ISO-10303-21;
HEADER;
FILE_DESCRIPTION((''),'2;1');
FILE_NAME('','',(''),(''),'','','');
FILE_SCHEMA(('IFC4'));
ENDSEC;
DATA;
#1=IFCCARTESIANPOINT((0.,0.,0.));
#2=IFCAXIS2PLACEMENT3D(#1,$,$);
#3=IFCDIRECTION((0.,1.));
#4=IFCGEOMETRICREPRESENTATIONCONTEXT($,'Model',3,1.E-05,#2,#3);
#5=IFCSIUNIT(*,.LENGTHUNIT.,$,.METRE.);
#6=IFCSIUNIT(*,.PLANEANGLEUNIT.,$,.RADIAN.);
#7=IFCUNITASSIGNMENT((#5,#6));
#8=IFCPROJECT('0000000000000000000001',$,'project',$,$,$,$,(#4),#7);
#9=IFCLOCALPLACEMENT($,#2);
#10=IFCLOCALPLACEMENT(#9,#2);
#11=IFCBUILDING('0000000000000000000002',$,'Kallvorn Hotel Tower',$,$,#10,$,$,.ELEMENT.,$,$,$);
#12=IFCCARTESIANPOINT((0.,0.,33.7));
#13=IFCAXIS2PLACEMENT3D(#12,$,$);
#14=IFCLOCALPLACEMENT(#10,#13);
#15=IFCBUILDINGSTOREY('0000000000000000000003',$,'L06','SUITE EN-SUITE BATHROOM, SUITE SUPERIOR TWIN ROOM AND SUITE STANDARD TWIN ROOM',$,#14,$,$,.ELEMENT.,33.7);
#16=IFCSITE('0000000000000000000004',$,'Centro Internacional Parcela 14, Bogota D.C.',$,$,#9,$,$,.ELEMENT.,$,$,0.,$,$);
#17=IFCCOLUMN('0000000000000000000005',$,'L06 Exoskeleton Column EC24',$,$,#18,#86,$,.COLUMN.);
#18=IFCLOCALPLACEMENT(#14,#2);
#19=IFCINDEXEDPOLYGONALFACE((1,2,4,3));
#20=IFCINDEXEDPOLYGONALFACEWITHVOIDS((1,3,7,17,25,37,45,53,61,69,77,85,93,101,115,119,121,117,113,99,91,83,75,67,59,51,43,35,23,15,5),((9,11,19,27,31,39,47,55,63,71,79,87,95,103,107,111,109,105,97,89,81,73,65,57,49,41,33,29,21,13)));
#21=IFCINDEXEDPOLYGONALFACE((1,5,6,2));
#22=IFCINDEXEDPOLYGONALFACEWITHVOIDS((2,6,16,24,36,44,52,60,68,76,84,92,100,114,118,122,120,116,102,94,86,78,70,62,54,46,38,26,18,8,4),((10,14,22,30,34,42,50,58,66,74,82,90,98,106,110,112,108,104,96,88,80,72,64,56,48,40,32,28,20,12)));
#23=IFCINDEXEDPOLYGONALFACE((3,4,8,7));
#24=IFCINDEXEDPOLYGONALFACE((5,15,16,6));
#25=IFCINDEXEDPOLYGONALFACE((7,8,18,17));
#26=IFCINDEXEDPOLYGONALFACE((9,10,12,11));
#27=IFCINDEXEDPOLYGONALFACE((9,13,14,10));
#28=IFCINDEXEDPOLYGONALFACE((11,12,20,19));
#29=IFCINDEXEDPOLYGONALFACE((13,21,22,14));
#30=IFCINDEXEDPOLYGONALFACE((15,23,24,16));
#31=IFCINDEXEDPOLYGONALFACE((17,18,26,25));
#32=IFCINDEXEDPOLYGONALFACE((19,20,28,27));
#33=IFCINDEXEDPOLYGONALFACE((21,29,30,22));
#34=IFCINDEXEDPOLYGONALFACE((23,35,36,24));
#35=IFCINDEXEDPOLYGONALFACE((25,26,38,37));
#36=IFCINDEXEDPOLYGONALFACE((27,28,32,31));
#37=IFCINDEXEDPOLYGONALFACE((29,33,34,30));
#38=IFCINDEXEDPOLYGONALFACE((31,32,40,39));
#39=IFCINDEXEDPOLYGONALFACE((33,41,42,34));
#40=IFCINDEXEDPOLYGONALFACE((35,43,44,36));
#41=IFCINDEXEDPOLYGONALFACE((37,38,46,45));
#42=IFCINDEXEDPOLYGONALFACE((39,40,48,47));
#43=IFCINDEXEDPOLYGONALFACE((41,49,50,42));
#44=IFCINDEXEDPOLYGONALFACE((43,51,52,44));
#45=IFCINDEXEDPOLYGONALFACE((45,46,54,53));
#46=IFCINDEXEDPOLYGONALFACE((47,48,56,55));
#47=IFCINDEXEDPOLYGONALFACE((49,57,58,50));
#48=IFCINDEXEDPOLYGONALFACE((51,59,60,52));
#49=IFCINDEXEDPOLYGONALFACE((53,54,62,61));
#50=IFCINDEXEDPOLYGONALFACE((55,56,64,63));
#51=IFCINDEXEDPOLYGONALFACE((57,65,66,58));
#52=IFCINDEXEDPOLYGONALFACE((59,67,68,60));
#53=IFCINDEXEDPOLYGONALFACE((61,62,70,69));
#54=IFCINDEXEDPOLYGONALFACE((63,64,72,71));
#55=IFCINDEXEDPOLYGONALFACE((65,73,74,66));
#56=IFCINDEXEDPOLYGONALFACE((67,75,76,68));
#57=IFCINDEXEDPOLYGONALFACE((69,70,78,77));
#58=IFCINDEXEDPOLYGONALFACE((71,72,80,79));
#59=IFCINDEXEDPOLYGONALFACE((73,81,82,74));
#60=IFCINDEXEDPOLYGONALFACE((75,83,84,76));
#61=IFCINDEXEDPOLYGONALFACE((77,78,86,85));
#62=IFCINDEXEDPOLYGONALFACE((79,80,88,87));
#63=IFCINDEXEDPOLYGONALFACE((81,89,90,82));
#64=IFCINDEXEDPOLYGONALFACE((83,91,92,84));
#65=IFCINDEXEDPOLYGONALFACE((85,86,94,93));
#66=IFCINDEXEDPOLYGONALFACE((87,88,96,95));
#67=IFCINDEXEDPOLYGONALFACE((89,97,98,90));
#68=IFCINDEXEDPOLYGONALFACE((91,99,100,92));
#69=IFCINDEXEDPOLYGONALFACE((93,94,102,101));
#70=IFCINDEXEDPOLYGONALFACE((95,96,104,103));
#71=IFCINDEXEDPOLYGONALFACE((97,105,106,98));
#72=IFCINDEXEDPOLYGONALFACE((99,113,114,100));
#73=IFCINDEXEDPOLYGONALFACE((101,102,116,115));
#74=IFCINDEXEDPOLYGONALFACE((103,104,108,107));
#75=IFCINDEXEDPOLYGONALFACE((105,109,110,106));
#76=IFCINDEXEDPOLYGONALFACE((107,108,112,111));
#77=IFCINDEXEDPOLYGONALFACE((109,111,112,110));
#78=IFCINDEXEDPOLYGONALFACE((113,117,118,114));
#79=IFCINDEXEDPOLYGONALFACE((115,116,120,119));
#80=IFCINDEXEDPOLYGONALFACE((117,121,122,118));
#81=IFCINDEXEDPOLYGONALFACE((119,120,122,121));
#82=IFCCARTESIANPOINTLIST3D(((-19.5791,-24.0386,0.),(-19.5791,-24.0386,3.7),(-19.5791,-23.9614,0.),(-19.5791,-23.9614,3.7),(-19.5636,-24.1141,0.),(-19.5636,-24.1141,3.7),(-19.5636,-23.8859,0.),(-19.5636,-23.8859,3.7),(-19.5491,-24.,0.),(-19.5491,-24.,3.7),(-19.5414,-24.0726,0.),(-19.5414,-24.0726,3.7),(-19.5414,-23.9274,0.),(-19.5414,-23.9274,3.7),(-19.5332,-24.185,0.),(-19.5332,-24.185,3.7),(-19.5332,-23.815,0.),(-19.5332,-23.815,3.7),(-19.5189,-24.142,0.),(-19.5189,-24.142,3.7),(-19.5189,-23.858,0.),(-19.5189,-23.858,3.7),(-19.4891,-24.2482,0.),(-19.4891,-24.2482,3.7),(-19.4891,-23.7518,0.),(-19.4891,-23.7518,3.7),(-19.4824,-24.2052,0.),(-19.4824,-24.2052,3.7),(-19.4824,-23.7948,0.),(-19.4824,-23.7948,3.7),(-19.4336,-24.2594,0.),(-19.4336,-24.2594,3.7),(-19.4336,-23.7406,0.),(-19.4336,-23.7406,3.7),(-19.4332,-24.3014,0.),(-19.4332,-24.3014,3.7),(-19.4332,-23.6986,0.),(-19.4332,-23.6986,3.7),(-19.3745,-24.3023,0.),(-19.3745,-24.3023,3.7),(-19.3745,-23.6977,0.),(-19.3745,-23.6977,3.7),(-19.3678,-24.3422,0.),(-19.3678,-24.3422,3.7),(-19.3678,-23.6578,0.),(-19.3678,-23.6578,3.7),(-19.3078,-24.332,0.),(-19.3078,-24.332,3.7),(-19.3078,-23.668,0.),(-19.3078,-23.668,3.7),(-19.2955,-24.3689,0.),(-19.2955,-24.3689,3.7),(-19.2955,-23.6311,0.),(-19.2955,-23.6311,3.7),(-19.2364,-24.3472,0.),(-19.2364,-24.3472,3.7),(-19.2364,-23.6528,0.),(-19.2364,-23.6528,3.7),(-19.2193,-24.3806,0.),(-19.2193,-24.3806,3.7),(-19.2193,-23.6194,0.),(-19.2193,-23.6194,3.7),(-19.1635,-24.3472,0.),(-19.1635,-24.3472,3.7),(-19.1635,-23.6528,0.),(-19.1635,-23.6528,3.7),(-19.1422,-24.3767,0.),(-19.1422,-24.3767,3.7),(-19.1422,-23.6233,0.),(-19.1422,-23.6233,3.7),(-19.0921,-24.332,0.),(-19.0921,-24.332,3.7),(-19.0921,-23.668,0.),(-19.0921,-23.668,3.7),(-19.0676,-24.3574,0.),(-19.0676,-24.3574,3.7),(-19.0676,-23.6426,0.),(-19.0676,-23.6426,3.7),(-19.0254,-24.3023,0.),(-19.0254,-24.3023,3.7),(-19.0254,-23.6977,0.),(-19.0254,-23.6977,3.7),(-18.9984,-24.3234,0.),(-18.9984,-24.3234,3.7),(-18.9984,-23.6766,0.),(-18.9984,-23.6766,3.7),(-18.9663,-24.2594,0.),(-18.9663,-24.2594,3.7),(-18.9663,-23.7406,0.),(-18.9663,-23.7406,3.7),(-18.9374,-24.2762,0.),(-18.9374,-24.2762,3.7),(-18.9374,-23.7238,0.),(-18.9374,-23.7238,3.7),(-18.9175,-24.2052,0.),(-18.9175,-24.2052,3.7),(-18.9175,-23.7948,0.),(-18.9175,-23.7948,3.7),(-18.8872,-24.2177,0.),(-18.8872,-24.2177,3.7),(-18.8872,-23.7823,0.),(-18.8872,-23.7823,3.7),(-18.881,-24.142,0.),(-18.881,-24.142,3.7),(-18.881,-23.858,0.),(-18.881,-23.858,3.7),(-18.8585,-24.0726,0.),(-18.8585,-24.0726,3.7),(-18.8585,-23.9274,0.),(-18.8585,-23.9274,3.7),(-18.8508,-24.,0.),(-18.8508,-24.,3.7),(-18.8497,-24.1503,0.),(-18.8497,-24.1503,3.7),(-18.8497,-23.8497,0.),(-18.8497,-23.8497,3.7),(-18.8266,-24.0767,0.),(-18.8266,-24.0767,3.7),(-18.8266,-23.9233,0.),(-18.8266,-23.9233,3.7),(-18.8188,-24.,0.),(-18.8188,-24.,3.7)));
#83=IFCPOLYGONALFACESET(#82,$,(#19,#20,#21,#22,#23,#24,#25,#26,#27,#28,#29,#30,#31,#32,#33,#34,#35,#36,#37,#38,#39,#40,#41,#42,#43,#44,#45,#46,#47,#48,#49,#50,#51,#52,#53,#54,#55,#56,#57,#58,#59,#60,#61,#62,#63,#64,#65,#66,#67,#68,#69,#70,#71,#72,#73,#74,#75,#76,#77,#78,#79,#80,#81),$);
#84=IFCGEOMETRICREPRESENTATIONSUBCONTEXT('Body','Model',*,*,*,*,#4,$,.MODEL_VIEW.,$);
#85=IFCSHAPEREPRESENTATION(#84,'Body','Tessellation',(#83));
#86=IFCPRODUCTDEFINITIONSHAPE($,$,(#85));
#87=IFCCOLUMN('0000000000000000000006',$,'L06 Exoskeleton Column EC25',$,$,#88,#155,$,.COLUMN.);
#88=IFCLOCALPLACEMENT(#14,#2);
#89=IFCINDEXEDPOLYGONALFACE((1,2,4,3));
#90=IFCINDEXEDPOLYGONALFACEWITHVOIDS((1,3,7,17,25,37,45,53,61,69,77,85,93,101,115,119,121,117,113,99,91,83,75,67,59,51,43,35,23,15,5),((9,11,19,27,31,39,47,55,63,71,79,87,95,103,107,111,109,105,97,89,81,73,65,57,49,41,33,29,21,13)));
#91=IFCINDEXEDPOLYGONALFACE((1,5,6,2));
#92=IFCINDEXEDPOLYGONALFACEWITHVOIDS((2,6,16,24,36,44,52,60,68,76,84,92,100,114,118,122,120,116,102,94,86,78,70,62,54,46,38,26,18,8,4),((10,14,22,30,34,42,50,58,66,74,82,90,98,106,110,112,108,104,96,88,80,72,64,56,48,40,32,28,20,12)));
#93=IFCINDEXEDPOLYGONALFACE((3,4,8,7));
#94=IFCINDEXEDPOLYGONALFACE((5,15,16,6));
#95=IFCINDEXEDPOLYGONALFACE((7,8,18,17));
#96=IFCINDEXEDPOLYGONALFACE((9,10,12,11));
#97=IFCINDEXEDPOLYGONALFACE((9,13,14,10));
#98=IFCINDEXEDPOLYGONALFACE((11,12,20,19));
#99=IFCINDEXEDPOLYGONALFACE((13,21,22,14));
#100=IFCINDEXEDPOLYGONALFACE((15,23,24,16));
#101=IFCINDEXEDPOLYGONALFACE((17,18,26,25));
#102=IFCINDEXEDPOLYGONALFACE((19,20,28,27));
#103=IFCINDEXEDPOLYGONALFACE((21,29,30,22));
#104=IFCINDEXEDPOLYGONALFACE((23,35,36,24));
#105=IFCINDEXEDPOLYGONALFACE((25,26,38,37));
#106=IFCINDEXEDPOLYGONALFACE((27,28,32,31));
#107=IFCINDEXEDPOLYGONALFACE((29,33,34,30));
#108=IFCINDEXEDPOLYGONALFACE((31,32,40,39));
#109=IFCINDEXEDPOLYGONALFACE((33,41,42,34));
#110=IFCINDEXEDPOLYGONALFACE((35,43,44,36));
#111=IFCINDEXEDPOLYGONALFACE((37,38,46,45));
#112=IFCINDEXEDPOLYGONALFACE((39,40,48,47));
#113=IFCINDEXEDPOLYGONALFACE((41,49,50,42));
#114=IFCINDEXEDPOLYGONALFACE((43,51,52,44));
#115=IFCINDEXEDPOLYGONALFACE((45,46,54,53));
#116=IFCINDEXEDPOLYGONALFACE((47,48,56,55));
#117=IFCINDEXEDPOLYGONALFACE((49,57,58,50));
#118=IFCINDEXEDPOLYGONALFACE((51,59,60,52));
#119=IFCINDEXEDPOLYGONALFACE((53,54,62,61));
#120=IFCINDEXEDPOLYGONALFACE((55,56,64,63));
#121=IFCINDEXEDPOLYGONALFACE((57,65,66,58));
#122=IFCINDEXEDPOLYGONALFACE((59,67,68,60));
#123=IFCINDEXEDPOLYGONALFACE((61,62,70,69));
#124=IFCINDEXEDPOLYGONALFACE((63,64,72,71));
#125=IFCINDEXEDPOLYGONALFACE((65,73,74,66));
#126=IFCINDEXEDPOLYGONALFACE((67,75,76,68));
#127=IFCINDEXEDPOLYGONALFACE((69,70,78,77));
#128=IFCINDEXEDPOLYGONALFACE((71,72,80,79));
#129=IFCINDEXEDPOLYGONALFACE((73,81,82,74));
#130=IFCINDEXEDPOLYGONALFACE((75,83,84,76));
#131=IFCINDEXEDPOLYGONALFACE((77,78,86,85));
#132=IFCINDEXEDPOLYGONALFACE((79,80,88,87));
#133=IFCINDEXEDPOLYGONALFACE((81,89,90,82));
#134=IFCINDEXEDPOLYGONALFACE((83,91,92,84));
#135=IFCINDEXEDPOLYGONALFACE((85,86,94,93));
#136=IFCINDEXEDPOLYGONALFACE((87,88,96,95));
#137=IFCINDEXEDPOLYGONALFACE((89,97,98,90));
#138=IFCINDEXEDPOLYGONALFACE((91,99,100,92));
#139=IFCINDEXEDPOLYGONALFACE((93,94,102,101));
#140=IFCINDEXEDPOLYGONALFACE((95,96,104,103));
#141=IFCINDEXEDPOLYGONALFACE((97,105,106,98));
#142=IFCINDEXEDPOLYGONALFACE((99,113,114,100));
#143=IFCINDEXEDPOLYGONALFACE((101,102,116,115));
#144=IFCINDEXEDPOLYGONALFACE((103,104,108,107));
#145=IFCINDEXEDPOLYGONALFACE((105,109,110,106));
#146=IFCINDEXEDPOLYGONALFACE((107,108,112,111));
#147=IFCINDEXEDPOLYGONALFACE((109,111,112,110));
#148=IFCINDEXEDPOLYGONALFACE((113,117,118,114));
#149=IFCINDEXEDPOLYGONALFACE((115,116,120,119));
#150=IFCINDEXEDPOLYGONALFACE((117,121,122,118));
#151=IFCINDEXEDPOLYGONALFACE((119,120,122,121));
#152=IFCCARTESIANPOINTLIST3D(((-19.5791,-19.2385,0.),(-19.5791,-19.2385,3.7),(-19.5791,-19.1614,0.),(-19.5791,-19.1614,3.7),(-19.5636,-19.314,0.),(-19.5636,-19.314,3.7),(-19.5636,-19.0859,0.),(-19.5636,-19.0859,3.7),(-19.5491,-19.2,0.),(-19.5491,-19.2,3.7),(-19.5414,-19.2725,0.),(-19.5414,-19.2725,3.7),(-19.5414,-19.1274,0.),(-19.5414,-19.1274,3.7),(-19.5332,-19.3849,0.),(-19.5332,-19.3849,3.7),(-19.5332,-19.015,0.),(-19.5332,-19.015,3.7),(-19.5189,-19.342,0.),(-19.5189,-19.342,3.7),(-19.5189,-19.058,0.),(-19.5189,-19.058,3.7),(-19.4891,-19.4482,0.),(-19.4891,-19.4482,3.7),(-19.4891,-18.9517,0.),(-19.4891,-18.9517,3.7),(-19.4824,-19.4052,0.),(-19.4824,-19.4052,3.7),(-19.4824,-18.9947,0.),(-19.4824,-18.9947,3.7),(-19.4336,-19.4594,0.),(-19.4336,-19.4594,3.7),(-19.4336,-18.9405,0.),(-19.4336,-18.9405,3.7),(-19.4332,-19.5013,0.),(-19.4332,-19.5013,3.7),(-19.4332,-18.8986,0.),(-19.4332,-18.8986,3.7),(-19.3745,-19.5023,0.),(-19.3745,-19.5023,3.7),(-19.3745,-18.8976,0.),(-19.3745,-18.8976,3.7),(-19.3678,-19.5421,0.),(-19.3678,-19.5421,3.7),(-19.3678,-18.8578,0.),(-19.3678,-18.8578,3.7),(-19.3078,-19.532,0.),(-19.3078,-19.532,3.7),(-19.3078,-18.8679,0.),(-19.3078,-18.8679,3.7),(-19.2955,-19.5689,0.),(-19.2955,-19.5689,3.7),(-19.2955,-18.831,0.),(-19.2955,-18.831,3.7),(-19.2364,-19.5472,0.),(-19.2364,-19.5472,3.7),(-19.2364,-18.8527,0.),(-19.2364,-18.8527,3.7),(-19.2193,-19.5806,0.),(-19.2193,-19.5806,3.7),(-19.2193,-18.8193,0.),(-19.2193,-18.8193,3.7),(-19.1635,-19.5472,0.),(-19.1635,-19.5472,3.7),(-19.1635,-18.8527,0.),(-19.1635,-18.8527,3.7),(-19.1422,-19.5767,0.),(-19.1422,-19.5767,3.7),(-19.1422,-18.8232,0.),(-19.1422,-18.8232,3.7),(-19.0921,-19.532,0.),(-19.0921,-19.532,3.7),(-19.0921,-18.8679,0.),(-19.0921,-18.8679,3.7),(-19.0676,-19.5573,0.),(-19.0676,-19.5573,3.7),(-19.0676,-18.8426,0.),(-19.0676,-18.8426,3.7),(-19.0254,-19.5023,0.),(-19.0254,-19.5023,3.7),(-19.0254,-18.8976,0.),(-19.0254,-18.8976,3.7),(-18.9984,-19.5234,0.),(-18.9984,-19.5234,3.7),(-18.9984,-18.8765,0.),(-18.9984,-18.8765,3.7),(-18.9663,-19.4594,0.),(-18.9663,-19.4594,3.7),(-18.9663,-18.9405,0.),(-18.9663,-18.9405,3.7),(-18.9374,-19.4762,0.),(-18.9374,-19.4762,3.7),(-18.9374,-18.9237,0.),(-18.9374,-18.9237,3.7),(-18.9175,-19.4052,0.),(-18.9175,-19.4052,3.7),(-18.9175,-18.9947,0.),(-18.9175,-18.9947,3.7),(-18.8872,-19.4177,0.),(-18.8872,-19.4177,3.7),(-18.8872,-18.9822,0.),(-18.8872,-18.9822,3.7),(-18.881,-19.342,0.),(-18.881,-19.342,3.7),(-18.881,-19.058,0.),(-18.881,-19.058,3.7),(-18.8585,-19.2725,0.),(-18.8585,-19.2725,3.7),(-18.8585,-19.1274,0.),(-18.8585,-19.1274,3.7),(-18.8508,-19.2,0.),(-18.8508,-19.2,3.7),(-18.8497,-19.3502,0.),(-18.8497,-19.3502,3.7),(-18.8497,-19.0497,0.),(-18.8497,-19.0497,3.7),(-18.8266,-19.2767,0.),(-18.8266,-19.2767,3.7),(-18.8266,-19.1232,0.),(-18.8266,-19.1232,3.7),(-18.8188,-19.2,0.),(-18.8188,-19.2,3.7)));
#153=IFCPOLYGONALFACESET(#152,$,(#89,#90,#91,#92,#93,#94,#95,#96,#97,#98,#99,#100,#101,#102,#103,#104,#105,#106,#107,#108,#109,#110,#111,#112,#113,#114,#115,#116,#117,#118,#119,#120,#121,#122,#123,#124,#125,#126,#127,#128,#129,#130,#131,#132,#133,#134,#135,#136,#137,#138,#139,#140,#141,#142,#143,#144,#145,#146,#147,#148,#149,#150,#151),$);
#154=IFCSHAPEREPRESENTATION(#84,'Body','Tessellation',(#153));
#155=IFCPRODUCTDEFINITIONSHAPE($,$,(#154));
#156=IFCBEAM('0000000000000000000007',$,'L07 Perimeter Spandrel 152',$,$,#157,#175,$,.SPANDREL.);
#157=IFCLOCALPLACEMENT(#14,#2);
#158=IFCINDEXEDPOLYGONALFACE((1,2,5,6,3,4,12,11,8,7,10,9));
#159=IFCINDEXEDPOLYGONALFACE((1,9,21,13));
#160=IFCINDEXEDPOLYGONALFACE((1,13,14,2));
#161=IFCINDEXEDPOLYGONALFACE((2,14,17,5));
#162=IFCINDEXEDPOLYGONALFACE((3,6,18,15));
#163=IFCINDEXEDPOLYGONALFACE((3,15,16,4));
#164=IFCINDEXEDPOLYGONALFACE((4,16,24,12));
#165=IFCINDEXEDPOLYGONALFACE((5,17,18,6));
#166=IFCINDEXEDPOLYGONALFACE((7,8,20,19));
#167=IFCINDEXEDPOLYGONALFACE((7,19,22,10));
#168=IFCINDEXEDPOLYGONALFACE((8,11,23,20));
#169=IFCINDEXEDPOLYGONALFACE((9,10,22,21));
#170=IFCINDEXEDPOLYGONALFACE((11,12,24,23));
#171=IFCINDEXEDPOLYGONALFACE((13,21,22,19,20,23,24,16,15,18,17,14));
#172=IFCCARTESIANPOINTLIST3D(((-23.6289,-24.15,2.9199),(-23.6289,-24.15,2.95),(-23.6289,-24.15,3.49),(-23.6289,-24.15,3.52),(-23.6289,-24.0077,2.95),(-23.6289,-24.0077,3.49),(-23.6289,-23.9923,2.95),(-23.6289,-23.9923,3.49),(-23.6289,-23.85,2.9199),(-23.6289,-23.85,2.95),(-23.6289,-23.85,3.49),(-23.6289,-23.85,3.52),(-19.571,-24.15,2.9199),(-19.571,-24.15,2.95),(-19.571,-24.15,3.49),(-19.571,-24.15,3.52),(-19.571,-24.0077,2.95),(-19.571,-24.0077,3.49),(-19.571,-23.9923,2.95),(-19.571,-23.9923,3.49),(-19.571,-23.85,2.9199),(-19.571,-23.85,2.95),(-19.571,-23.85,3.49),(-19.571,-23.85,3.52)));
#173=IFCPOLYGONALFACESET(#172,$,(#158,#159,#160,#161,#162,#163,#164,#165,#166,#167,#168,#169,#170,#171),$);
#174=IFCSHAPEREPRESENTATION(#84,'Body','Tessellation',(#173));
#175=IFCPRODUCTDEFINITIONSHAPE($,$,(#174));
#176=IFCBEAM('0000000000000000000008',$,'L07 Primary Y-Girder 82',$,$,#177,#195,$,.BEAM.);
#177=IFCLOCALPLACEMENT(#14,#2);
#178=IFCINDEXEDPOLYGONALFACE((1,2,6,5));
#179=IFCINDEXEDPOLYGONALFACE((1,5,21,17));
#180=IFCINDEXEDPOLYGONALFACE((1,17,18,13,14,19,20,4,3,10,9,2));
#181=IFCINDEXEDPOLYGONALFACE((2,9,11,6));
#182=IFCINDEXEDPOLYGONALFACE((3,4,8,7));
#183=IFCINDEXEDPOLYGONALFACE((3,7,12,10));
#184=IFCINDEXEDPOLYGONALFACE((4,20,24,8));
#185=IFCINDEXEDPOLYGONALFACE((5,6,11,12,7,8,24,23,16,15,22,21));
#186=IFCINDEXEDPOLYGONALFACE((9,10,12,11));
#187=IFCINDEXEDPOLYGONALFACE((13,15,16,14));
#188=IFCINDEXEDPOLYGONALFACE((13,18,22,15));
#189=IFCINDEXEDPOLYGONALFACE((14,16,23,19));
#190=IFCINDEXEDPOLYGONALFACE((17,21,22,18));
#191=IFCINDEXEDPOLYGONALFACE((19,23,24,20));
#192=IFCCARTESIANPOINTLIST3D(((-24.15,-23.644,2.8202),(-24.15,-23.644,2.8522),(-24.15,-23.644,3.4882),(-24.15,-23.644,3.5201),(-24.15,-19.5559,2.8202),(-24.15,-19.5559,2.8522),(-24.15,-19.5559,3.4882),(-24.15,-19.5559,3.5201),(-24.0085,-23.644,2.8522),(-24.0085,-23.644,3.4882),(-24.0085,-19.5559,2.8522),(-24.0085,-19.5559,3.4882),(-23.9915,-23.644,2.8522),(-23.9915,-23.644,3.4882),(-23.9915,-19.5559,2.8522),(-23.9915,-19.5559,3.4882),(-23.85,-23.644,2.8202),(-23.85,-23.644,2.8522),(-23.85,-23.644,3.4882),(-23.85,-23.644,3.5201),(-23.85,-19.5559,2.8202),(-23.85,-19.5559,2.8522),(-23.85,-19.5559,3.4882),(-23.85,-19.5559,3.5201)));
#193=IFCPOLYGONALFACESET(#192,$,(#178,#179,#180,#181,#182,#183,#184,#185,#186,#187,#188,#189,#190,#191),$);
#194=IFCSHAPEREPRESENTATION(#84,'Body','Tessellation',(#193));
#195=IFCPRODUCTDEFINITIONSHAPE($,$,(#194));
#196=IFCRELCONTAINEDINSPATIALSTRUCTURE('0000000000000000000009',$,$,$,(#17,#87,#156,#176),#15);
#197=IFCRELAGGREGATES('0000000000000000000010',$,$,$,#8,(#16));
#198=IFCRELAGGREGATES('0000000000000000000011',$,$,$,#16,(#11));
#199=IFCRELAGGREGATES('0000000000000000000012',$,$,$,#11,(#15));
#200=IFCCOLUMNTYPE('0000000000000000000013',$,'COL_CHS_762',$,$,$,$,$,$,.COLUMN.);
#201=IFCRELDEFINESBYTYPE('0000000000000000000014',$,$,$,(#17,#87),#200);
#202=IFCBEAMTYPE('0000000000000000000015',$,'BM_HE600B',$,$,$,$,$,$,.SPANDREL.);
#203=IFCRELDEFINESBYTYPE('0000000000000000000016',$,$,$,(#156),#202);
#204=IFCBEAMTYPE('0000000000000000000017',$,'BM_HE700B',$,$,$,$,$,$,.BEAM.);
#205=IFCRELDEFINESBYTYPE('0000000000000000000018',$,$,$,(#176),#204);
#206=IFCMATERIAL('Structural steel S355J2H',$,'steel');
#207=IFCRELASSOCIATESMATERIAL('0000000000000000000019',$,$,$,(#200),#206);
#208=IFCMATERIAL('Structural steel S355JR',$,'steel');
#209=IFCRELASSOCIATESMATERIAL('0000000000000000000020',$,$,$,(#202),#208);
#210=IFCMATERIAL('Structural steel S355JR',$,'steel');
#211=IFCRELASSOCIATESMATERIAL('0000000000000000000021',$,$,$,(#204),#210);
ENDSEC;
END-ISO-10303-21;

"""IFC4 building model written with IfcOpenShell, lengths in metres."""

from ifc_helpers import new_model, si_unit, direction, frame, origin, origin_2d, place, context, subcontext, project, spatial, hollow_circle, i_section, extrude, material, material_profile, profile_set, type_object, element, save


model = new_model("IFC4")

# Units and contexts
model_context = context("Model", 3, precision=1e-05, world=origin(), true_north=direction((0.0, 1.0)))
body_context = subcontext(model_context, "Body", "Model", "MODEL_VIEW")
ifc_project = project(units=[si_unit("LENGTHUNIT", "METRE"), si_unit("PLANEANGLEUNIT", "RADIAN")], contexts=[model_context])

# Site, building, storey
site_placement = place(None, origin())
site = spatial("IfcSite", under=ifc_project, at=site_placement, Name="Centro Internacional Parcela 14, Bogota D.C.", CompositionType="ELEMENT", RefElevation=0.0)
building_placement = place(site_placement, origin())
building = spatial("IfcBuilding", under=site, at=building_placement, Name="Kallvorn Hotel Tower", CompositionType="ELEMENT")
storey_placement = place(building_placement, frame((0.0, 0.0, 33.7)))
storey = spatial("IfcBuildingStorey", under=building, at=storey_placement, Name="L06", Description="SUITE EN-SUITE BATHROOM, SUITE SUPERIOR TWIN ROOM AND SUITE STANDARD TWIN ROOM", CompositionType="ELEMENT", Elevation=33.7)

# Columns
ifc_material_1 = material(Name="Structural steel S355J2H", Category="steel")
ifc_material_profile_1 = material_profile(ifc_material_1, hollow_circle(Radius=0.3811, WallThickness=0.032, at=origin_2d()), Name="CHS 762x32")
ifc_profile_set_1 = profile_set([ifc_material_profile_1], Name="Structural steel S355J2H")
column_type = type_object("IfcColumnType", Name="COL_CHS_762", PredefinedType="COLUMN", material=ifc_profile_set_1)
for number, where, z_axis, x_axis, name in (
    (1, (-19.2, -24.0, 0.0), (0.0, 0.0, 1.0), (1.0, 0.0, 0.0), "L06 Exoskeleton Column EC24"),
    (2, (-19.2, -19.2, 0.0), (0.0, 0.0, 1.0), (1.0, 0.0, 0.0), "L06 Exoskeleton Column EC25"),
):
    element("IfcColumn", number, at=place(storey_placement, frame(where, z_axis=z_axis, x_axis=x_axis)), inside=storey, type_object=column_type, Name=name, PredefinedType="COLUMN", context=body_context, shape_type="SweptSolid", body=[
        extrude(hollow_circle(Radius=0.3811, WallThickness=0.032, at=origin_2d()), origin(), (0.0, 0.0, 1.0), 3.7),
    ])

# Beams
ifc_material_2 = material(Name="Structural steel S355JR", Category="steel")
ifc_material_profile_2 = material_profile(ifc_material_2, i_section(OverallWidth=0.3, OverallDepth=0.6001, WebThickness=0.0154, FlangeThickness=0.03, at=origin_2d()), Name="HE 600 B")
ifc_profile_set_2 = profile_set([ifc_material_profile_2], Name="Structural steel S355JR")
beam_type_1 = type_object("IfcBeamType", Name="BM_HE600B", PredefinedType="SPANDREL", material=ifc_profile_set_2)
beam_1_placement = place(storey_placement, frame((-23.6289, -24.0, 3.22), z_axis=(1.0, 0.0, 0.0), x_axis=(0.0, 1.0, 0.0)))
element("IfcBeam", 3, at=beam_1_placement, inside=storey, type_object=beam_type_1, Name="L07 Perimeter Spandrel 152", PredefinedType="SPANDREL", context=body_context, shape_type="SweptSolid", body=[
    extrude(i_section(OverallWidth=0.3, OverallDepth=0.6001, WebThickness=0.0154, FlangeThickness=0.03, at=origin_2d()), origin(), (0.0, 0.0, 1.0), 4.0579),
])
ifc_material_3 = material(Name="Structural steel S355JR", Category="steel")
ifc_material_profile_3 = material_profile(ifc_material_3, i_section(OverallWidth=0.3, OverallDepth=0.7, WebThickness=0.0171, FlangeThickness=0.032, at=origin_2d()), Name="HE 700 B")
ifc_profile_set_3 = profile_set([ifc_material_profile_3], Name="Structural steel S355JR")
beam_type_2 = type_object("IfcBeamType", Name="BM_HE700B", PredefinedType="BEAM", material=ifc_profile_set_3)
beam_2_placement = place(storey_placement, frame((-24.0, -23.644, 3.1702), z_axis=(0.0, 1.0, 0.0), x_axis=(-1.0, 0.0, 0.0)))
element("IfcBeam", 4, at=beam_2_placement, inside=storey, type_object=beam_type_2, Name="L07 Primary Y-Girder 82", PredefinedType="BEAM", context=body_context, shape_type="SweptSolid", body=[
    extrude(i_section(OverallWidth=0.3, OverallDepth=0.7, WebThickness=0.0171, FlangeThickness=0.032, at=origin_2d()), origin(), (0.0, 0.0, 1.0), 4.0881),
])

save(model, "model.ifc")
